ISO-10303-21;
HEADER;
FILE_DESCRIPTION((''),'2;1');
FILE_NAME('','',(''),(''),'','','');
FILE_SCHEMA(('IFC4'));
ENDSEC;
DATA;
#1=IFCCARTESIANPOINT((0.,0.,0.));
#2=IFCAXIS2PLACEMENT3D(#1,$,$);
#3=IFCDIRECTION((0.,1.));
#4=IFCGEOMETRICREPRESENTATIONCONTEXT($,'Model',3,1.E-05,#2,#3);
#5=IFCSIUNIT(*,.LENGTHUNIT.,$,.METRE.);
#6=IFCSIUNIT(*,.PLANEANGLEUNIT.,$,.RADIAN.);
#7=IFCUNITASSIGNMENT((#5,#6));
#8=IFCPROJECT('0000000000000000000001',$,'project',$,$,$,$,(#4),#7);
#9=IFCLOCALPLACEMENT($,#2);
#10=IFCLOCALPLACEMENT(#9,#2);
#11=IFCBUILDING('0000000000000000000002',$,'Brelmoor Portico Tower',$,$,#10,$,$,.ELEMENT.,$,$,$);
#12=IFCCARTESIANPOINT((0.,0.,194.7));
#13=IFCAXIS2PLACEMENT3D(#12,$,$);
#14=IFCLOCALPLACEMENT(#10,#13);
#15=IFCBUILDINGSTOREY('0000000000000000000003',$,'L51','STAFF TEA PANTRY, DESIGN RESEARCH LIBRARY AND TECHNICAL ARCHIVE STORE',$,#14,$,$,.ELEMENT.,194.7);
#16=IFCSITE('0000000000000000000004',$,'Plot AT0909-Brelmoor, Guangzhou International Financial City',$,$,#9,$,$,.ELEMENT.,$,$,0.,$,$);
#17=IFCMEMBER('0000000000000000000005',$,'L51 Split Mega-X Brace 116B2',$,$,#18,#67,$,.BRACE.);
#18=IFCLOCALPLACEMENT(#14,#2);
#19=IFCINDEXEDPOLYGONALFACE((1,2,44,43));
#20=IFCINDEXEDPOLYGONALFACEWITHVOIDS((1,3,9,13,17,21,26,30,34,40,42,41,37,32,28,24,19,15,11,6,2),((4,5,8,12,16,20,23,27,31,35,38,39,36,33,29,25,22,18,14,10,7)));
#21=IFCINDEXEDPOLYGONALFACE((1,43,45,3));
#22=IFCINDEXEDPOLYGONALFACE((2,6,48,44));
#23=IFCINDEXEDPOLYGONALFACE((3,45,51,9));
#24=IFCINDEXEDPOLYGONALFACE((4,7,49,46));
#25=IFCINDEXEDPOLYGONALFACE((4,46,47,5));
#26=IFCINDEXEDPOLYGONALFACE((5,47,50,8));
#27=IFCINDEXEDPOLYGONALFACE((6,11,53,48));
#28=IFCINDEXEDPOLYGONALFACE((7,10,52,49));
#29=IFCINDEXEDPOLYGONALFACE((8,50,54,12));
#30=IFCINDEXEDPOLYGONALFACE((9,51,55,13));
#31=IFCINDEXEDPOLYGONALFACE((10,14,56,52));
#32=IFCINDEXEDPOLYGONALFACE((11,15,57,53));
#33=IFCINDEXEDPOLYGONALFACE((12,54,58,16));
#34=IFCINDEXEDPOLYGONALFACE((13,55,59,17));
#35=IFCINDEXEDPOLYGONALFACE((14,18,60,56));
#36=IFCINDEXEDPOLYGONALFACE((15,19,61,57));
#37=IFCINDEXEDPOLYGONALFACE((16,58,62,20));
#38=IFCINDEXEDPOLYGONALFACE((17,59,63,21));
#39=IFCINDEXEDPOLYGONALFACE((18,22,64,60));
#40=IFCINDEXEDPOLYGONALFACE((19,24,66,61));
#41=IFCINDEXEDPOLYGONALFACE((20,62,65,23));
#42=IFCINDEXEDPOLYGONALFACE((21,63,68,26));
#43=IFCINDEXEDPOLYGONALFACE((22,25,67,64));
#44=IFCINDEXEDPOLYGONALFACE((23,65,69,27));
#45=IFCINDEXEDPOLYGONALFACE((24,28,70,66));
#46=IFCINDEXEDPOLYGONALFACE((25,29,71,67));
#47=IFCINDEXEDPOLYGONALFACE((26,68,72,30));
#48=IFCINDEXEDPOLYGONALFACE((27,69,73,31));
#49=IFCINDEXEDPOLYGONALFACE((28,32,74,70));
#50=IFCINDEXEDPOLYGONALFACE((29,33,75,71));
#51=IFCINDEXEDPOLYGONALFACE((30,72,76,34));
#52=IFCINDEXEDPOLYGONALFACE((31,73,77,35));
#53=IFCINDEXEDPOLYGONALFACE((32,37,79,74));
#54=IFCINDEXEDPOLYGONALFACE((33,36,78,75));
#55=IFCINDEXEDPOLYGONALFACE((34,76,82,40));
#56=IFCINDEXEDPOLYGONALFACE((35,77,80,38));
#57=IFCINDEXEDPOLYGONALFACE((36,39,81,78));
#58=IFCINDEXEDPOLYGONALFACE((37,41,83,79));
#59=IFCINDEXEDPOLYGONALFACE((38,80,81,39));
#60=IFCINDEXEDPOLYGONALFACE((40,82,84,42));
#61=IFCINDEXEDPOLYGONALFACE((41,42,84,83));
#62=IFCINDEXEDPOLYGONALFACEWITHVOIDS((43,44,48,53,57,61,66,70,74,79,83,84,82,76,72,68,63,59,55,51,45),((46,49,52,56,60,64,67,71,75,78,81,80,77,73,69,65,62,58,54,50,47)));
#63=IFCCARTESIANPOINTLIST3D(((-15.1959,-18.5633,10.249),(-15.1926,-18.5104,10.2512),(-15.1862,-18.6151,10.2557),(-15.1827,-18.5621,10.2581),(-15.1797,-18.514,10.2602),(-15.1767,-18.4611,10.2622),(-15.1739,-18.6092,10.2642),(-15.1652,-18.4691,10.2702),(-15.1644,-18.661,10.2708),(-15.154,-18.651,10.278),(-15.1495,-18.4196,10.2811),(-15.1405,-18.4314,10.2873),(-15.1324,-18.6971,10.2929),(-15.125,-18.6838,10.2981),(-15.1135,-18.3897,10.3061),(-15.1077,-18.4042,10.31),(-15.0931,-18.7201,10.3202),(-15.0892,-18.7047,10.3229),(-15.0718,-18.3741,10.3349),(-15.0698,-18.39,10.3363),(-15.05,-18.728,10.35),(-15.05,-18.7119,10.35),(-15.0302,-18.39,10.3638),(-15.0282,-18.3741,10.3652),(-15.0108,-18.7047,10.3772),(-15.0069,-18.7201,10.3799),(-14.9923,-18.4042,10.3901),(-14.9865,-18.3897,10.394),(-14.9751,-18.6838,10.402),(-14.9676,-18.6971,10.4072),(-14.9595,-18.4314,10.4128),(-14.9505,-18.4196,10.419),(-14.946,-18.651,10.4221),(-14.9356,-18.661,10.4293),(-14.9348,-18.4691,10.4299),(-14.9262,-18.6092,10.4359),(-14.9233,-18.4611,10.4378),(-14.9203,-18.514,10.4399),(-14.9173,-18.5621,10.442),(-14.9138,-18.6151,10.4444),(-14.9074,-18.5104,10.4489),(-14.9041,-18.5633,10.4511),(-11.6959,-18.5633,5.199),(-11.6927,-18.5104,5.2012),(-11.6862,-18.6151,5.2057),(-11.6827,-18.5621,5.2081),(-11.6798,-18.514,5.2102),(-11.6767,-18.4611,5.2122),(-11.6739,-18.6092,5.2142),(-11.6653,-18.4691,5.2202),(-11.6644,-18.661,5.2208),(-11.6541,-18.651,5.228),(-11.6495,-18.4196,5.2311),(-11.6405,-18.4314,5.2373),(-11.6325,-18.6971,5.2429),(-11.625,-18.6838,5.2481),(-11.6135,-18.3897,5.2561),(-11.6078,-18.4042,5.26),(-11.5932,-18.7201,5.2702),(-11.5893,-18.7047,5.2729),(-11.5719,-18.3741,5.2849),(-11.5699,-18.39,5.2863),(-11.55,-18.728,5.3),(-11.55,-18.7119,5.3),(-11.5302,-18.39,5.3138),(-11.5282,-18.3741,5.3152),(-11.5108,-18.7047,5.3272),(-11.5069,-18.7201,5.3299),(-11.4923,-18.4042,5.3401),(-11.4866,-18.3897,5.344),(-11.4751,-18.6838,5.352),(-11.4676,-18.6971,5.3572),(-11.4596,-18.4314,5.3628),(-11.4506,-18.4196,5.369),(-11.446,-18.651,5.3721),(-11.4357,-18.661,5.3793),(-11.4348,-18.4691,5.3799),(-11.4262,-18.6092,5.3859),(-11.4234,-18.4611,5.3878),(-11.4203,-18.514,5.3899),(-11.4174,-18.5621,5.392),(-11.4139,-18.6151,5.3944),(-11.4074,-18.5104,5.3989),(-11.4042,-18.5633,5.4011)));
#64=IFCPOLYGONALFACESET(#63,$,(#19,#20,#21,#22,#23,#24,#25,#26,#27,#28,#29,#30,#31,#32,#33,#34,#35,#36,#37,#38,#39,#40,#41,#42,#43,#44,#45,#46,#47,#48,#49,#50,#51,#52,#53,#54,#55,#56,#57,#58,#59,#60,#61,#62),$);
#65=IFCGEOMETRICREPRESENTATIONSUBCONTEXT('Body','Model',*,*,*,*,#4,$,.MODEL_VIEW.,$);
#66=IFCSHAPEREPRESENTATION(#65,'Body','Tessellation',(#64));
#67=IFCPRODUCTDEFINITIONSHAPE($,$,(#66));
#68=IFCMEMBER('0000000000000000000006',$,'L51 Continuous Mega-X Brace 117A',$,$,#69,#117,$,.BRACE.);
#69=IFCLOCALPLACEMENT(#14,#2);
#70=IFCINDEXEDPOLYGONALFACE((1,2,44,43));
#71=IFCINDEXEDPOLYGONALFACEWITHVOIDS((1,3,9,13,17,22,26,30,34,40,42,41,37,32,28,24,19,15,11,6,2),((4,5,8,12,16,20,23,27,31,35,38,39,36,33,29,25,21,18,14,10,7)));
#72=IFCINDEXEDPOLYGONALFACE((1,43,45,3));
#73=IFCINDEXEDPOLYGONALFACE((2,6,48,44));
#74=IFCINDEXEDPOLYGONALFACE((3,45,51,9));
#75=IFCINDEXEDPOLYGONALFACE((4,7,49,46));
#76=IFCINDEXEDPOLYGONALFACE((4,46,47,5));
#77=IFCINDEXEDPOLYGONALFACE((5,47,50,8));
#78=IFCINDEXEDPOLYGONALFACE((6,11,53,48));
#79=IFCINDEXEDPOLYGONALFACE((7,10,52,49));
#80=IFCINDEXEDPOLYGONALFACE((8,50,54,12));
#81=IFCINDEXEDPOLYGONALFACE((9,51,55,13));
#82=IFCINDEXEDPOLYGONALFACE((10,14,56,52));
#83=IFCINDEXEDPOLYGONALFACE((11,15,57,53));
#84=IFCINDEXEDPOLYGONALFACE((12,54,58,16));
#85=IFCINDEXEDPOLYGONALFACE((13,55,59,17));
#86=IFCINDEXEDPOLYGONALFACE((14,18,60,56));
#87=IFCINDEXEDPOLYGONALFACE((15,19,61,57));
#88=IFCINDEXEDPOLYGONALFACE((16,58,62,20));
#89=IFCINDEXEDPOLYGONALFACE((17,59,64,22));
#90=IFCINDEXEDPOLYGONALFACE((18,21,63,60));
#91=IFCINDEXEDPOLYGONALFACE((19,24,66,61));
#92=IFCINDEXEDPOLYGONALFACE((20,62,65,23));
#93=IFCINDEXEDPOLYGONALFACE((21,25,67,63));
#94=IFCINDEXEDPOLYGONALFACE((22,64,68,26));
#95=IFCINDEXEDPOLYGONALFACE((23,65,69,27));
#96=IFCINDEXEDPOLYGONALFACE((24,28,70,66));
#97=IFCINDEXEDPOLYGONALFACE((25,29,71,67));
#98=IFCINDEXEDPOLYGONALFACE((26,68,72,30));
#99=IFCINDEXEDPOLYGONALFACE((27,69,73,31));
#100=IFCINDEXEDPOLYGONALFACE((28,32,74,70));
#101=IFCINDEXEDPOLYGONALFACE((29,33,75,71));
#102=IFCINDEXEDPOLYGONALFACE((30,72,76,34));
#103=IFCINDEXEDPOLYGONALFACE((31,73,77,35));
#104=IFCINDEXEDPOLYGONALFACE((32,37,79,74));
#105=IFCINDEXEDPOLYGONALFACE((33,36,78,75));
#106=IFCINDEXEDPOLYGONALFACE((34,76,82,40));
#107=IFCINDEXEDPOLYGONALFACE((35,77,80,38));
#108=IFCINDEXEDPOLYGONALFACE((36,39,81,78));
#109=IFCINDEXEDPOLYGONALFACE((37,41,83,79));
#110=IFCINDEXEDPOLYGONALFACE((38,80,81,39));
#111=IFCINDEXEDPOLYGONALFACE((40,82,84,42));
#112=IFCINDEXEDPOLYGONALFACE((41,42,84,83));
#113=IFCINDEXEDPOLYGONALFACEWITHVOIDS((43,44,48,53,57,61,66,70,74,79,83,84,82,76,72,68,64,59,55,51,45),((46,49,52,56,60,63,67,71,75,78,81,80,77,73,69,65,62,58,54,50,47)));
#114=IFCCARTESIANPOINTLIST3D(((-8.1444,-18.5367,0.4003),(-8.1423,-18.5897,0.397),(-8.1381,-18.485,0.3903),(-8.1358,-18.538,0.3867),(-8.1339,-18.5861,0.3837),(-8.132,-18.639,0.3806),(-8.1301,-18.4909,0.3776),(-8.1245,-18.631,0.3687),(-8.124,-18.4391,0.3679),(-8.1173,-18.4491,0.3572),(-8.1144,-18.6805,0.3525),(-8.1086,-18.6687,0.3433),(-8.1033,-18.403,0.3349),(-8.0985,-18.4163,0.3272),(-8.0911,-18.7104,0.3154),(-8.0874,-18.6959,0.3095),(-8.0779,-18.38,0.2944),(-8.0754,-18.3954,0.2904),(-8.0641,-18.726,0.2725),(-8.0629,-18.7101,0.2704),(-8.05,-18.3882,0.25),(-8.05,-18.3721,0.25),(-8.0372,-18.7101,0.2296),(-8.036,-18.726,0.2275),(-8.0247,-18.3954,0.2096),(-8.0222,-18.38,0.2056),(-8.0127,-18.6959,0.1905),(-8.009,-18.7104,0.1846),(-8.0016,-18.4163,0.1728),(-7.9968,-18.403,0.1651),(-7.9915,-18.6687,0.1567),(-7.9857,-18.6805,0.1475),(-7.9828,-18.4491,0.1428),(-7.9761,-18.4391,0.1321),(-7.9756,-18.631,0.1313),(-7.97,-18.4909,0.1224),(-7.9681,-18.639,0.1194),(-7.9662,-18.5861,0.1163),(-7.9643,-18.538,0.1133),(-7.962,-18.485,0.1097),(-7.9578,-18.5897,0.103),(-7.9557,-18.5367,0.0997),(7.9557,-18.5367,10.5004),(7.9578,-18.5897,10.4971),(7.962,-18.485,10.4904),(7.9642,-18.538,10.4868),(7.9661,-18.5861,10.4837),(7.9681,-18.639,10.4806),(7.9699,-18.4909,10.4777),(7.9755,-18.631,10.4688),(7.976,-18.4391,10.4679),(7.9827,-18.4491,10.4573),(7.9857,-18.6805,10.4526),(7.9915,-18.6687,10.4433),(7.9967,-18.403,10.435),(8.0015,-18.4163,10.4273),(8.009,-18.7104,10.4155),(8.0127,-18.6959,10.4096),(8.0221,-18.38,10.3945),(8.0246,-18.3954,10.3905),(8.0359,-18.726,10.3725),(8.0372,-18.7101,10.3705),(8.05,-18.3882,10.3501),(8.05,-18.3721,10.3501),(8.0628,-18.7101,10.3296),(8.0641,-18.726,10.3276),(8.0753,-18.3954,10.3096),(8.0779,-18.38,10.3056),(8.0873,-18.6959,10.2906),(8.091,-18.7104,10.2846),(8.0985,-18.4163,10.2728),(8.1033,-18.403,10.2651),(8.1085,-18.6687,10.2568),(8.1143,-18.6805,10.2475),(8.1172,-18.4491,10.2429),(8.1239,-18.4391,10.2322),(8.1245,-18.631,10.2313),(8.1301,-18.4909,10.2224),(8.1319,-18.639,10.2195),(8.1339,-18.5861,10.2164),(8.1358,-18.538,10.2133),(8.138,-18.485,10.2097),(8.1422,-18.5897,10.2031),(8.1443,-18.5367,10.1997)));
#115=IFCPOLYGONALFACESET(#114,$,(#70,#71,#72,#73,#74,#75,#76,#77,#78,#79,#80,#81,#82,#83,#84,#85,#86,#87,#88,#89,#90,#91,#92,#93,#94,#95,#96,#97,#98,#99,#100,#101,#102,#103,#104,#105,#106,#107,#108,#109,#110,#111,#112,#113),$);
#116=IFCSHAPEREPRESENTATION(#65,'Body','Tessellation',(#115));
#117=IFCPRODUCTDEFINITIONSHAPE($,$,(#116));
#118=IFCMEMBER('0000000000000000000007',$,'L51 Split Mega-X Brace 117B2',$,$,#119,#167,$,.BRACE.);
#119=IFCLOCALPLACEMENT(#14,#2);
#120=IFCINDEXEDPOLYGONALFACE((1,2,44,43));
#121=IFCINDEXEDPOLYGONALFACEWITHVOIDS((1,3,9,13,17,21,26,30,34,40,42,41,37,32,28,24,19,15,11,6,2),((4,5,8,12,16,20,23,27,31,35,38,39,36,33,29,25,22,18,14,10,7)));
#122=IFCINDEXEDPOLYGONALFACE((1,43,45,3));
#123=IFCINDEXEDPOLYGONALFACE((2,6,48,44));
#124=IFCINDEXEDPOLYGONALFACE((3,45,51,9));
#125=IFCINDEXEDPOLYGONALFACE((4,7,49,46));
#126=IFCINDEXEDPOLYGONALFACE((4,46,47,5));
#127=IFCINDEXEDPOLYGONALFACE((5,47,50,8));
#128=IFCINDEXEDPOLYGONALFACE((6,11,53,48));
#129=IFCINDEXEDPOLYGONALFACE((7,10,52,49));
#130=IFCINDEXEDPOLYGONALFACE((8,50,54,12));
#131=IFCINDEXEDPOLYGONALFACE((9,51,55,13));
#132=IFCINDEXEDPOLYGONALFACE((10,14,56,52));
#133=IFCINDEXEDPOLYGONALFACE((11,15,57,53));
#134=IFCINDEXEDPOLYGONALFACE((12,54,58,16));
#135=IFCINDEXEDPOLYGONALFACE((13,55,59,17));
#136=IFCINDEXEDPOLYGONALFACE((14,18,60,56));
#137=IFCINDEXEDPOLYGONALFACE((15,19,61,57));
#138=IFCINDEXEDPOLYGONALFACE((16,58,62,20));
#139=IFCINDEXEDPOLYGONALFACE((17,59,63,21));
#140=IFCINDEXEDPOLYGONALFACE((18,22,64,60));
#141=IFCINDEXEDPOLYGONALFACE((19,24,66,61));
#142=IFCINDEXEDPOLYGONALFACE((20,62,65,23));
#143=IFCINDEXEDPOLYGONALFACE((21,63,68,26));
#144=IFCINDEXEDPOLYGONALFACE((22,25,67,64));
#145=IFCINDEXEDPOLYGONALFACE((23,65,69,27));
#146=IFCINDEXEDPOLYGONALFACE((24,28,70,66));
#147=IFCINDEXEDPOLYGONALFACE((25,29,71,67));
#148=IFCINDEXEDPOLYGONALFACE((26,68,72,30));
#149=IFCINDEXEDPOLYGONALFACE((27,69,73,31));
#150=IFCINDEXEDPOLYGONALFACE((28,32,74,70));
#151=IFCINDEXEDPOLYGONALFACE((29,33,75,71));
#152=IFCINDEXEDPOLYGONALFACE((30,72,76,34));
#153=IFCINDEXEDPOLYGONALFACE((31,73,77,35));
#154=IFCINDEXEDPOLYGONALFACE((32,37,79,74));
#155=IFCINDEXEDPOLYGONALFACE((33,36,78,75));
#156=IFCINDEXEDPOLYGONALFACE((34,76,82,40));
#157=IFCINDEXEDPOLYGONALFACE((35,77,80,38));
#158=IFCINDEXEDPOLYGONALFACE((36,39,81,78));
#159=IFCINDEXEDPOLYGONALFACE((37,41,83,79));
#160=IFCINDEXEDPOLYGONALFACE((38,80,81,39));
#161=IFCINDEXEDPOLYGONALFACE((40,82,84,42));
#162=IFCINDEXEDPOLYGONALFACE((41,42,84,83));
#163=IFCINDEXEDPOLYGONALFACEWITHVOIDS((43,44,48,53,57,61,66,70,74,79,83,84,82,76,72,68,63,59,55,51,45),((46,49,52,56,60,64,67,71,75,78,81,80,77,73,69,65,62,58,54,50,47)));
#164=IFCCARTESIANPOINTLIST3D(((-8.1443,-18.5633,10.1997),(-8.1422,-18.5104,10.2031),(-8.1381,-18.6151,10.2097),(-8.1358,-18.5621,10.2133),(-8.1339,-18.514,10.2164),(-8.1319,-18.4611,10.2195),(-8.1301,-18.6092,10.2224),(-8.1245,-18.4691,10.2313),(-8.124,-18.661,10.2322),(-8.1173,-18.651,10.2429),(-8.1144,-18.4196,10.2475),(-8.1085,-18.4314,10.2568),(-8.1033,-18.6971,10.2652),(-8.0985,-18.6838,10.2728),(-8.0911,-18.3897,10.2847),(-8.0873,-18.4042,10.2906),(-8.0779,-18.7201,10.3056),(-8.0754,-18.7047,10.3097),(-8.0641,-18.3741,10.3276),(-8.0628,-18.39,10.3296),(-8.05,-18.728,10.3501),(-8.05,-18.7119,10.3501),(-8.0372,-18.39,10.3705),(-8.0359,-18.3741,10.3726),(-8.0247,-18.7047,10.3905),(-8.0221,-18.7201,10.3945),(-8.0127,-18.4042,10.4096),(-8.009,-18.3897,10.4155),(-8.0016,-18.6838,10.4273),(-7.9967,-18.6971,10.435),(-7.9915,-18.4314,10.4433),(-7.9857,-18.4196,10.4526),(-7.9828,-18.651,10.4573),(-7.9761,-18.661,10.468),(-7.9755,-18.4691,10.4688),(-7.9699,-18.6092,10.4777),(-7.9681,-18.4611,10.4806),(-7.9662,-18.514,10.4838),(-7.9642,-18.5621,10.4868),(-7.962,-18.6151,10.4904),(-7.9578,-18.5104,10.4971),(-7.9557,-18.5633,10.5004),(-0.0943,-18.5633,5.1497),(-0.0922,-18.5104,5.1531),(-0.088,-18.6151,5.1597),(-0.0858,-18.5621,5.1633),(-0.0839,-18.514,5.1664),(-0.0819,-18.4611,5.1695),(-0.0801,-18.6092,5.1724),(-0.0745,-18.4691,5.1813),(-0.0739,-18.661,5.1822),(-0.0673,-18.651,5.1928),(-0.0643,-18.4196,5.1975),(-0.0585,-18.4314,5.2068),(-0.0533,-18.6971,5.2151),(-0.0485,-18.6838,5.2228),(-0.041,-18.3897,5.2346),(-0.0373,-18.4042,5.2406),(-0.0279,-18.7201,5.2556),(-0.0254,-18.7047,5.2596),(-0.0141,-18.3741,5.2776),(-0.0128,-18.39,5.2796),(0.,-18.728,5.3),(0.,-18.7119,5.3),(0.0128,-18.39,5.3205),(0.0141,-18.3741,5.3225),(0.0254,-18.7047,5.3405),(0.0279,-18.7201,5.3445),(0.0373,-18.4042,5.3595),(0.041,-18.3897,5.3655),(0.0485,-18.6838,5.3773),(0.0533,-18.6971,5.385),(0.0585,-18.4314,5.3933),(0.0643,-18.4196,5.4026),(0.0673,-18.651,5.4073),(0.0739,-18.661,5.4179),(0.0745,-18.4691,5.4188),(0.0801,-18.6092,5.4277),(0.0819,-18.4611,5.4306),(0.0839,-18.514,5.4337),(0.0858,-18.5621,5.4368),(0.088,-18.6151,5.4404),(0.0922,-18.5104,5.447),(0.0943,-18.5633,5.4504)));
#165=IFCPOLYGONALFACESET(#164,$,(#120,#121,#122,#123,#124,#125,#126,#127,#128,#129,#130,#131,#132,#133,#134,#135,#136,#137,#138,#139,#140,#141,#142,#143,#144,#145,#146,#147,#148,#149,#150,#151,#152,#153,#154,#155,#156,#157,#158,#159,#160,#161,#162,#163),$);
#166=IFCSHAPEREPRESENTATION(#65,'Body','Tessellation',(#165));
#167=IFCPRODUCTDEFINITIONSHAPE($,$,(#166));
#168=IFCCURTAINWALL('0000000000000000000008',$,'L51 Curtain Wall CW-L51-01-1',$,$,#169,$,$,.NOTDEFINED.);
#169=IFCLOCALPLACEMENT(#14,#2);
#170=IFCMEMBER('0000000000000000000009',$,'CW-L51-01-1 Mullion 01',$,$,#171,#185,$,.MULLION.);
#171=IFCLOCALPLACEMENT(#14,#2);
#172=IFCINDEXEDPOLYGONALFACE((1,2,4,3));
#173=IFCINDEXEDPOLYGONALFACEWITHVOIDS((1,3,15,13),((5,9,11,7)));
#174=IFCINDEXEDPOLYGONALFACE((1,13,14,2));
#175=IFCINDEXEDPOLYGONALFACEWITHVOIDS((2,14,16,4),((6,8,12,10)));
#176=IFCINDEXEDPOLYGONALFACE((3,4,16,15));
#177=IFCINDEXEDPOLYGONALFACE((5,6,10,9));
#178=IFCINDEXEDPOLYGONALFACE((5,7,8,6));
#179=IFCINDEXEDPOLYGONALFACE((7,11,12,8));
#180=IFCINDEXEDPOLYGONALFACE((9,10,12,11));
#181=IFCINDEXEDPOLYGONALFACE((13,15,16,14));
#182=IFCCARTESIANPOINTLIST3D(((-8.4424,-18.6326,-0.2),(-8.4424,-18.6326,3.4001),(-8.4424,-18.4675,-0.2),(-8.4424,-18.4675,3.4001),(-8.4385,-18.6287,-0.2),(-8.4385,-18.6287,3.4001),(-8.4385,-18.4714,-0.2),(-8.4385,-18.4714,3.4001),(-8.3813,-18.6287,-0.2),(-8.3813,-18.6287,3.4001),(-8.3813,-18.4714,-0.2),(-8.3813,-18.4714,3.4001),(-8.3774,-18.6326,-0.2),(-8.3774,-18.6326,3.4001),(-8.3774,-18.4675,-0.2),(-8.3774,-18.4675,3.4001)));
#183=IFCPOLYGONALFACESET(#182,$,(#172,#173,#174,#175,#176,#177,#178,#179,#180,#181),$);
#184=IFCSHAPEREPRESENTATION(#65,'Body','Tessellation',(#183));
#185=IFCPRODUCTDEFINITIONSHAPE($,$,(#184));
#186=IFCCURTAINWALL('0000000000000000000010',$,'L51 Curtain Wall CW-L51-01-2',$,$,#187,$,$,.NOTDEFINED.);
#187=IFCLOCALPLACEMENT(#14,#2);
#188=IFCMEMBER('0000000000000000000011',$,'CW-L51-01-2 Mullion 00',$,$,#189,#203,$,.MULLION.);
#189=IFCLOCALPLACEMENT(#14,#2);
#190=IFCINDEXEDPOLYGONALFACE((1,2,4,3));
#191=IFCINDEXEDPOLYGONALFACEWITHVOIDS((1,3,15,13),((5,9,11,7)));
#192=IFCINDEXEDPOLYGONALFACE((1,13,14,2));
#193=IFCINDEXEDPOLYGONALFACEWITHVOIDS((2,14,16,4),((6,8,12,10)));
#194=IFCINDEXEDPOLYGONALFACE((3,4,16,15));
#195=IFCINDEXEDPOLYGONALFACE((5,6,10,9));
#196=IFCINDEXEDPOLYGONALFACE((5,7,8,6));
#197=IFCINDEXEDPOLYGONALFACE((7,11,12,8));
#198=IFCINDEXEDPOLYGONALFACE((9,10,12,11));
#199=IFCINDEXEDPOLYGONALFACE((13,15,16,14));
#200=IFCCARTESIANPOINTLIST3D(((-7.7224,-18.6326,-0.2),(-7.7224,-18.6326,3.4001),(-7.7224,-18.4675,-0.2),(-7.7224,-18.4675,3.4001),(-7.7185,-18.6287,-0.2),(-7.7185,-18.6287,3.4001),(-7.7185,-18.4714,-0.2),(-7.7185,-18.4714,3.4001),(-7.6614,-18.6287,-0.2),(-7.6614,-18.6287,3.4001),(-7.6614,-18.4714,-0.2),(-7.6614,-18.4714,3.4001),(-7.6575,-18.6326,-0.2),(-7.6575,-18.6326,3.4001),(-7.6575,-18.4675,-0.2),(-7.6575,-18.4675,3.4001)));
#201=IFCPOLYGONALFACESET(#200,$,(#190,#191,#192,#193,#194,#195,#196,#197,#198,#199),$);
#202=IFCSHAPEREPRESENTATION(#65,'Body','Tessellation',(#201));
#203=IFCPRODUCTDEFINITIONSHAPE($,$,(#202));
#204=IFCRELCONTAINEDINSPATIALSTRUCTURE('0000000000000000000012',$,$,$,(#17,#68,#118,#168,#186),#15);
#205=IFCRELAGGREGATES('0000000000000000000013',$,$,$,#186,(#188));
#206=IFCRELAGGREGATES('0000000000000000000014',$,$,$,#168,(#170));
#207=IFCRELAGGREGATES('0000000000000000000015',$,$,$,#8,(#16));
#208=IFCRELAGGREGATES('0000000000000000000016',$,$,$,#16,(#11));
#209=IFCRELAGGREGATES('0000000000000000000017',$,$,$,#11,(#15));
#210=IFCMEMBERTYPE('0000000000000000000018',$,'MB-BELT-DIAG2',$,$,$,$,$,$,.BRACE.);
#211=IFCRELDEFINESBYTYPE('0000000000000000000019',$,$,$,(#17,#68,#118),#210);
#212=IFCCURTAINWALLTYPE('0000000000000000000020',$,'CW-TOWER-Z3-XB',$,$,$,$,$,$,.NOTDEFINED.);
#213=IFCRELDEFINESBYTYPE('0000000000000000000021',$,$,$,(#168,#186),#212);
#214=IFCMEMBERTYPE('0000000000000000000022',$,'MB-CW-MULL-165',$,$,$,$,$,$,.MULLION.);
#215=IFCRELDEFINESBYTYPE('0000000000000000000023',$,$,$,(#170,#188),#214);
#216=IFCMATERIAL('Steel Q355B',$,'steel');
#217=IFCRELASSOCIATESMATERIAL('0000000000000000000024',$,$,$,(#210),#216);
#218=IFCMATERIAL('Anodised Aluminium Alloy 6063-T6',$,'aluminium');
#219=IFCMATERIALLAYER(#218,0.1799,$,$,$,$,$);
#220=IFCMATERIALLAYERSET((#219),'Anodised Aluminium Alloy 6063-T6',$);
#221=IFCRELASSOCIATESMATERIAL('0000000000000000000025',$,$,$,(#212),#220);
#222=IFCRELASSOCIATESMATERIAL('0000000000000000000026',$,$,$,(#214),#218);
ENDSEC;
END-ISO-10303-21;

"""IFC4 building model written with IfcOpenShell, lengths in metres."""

from ifc_helpers import new_model, si_unit, direction, frame, origin, origin_2d, place, context, subcontext, project, spatial, hollow_rectangle, hollow_circle, extrude, material, layer, layer_set, material_profile, profile_set, type_object, element, aggregate, save


model = new_model("IFC4")

# Units and contexts
model_context = context("Model", 3, precision=1e-05, world=origin(), true_north=direction((0.0, 1.0)))
body_context = subcontext(model_context, "Body", "Model", "MODEL_VIEW")
ifc_project = project(units=[si_unit("LENGTHUNIT", "METRE"), si_unit("PLANEANGLEUNIT", "RADIAN")], contexts=[model_context])

# Site, building, storey
site_placement = place(None, origin())
site = spatial("IfcSite", under=ifc_project, at=site_placement, Name="Plot AT0909-Brelmoor, Guangzhou International Financial City", CompositionType="ELEMENT", RefElevation=0.0)
building_placement = place(site_placement, origin())
building = spatial("IfcBuilding", under=site, at=building_placement, Name="Brelmoor Portico Tower", CompositionType="ELEMENT")
storey_placement = place(building_placement, frame((0.0, 0.0, 194.7)))
storey = spatial("IfcBuildingStorey", under=building, at=storey_placement, Name="L51", Description="STAFF TEA PANTRY, DESIGN RESEARCH LIBRARY AND TECHNICAL ARCHIVE STORE", CompositionType="ELEMENT", Elevation=194.7)

# Shared definitions
ifc_material_1 = material(Name="Steel Q355B", Category="steel")

# Members
ifc_material_profile_1 = material_profile(ifc_material_1, hollow_circle(Radius=0.178, WallThickness=0.0161, at=origin_2d()), Name="CHS 356x16")
ifc_profile_set_1 = profile_set([ifc_material_profile_1], Name="Steel Q355B")
member_type_1 = type_object("IfcMemberType", Name="MB-BELT-DIAG2", PredefinedType="BRACE", material=ifc_profile_set_1)
for number, where, z_axis, x_axis, name in (
    (1, (-11.55, -18.55, 5.3), (-0.569629, 0.0, 0.821902), (0.0, -1.0, 0.0), "L51 Split Mega-X Brace 116B2"),
):
    element("IfcMember", number, at=place(storey_placement, frame(where, z_axis=z_axis, x_axis=x_axis)), inside=storey, type_object=member_type_1, Name=name, PredefinedType="BRACE", context=body_context, shape_type="SweptSolid", body=[
        extrude(hollow_circle(Radius=0.178, WallThickness=0.0161, at=origin_2d()), origin(), (0.0, 0.0, 1.0), 6.1443),
    ])
member_1_placement = place(storey_placement, frame((-8.05, -18.55, 0.25), z_axis=(0.847109, 0.0, 0.531418), x_axis=(0.0, 1.0, 0.0)))
element("IfcMember", 2, at=member_1_placement, inside=storey, type_object=member_type_1, Name="L51 Continuous Mega-X Brace 117A", PredefinedType="BRACE", context=body_context, shape_type="SweptSolid", body=[
    extrude(hollow_circle(Radius=0.178, WallThickness=0.0161, at=origin_2d()), origin(), (0.0, 0.0, 1.0), 19.0059),
])
member_2_placement = place(storey_placement, frame((0.0, -18.55, 5.3), z_axis=(-0.847109, 0.0, 0.531418), x_axis=(0.0, -1.0, 0.0)))
element("IfcMember", 3, at=member_2_placement, inside=storey, type_object=member_type_1, Name="L51 Split Mega-X Brace 117B2", PredefinedType="BRACE", context=body_context, shape_type="SweptSolid", body=[
    extrude(hollow_circle(Radius=0.178, WallThickness=0.0161, at=origin_2d()), origin(), (0.0, 0.0, 1.0), 9.5029),
])

# Curtain wall, member
ifc_material_2 = material(Name="Anodised Aluminium Alloy 6063-T6", Category="aluminium")
ifc_layer_1 = layer(ifc_material_2, 0.1799)
ifc_layer_set_1 = layer_set([ifc_layer_1], Name="Anodised Aluminium Alloy 6063-T6")
curtain_wall_type = type_object("IfcCurtainWallType", Name="CW-TOWER-Z3-XB", PredefinedType="NOTDEFINED", material=ifc_layer_set_1)
curtain_wall_1_placement = place(storey_placement, origin())
curtain_wall_1 = element("IfcCurtainWall", 4, at=curtain_wall_1_placement, inside=storey, type_object=curtain_wall_type, Name="L51 Curtain Wall CW-L51-01-1", PredefinedType="NOTDEFINED")
ifc_material_profile_2 = material_profile(ifc_material_2, hollow_rectangle(XDim=0.0649, YDim=0.165, WallThickness=0.0039, at=origin_2d()), Name="ALU MULLION 65x165")
ifc_profile_set_2 = profile_set([ifc_material_profile_2], Name="Anodised Aluminium Alloy 6063-T6")
member_type_2 = type_object("IfcMemberType", Name="MB-CW-MULL-165", PredefinedType="MULLION", material=ifc_profile_set_2)
member_3_placement = place(storey_placement, frame((-8.4099, -18.55, -0.2), z_axis=(0.0, 0.0, 1.0), x_axis=(1.0, 0.0, 0.0)))
member_3 = element("IfcMember", 5, at=member_3_placement, type_object=member_type_2, Name="CW-L51-01-1 Mullion 01", PredefinedType="MULLION", context=body_context, shape_type="SweptSolid", body=[
    extrude(hollow_rectangle(XDim=0.0649, YDim=0.165, WallThickness=0.0039, at=origin_2d()), origin(), (0.0, 0.0, 1.0), 3.6001),
])

# Curtain wall, member
curtain_wall_2_placement = place(storey_placement, origin())
curtain_wall_2 = element("IfcCurtainWall", 6, at=curtain_wall_2_placement, inside=storey, type_object=curtain_wall_type, Name="L51 Curtain Wall CW-L51-01-2", PredefinedType="NOTDEFINED")
member_4_placement = place(storey_placement, frame((-7.6899, -18.55, -0.2), z_axis=(0.0, 0.0, 1.0), x_axis=(1.0, 0.0, 0.0)))
member_4 = element("IfcMember", 7, at=member_4_placement, type_object=member_type_2, Name="CW-L51-01-2 Mullion 00", PredefinedType="MULLION", context=body_context, shape_type="SweptSolid", body=[
    extrude(hollow_rectangle(XDim=0.0649, YDim=0.165, WallThickness=0.0039, at=origin_2d()), origin(), (0.0, 0.0, 1.0), 3.6001),
])
aggregate(curtain_wall_2, [member_4])

aggregate(curtain_wall_1, [member_3])

save(model, "model.ifc")
